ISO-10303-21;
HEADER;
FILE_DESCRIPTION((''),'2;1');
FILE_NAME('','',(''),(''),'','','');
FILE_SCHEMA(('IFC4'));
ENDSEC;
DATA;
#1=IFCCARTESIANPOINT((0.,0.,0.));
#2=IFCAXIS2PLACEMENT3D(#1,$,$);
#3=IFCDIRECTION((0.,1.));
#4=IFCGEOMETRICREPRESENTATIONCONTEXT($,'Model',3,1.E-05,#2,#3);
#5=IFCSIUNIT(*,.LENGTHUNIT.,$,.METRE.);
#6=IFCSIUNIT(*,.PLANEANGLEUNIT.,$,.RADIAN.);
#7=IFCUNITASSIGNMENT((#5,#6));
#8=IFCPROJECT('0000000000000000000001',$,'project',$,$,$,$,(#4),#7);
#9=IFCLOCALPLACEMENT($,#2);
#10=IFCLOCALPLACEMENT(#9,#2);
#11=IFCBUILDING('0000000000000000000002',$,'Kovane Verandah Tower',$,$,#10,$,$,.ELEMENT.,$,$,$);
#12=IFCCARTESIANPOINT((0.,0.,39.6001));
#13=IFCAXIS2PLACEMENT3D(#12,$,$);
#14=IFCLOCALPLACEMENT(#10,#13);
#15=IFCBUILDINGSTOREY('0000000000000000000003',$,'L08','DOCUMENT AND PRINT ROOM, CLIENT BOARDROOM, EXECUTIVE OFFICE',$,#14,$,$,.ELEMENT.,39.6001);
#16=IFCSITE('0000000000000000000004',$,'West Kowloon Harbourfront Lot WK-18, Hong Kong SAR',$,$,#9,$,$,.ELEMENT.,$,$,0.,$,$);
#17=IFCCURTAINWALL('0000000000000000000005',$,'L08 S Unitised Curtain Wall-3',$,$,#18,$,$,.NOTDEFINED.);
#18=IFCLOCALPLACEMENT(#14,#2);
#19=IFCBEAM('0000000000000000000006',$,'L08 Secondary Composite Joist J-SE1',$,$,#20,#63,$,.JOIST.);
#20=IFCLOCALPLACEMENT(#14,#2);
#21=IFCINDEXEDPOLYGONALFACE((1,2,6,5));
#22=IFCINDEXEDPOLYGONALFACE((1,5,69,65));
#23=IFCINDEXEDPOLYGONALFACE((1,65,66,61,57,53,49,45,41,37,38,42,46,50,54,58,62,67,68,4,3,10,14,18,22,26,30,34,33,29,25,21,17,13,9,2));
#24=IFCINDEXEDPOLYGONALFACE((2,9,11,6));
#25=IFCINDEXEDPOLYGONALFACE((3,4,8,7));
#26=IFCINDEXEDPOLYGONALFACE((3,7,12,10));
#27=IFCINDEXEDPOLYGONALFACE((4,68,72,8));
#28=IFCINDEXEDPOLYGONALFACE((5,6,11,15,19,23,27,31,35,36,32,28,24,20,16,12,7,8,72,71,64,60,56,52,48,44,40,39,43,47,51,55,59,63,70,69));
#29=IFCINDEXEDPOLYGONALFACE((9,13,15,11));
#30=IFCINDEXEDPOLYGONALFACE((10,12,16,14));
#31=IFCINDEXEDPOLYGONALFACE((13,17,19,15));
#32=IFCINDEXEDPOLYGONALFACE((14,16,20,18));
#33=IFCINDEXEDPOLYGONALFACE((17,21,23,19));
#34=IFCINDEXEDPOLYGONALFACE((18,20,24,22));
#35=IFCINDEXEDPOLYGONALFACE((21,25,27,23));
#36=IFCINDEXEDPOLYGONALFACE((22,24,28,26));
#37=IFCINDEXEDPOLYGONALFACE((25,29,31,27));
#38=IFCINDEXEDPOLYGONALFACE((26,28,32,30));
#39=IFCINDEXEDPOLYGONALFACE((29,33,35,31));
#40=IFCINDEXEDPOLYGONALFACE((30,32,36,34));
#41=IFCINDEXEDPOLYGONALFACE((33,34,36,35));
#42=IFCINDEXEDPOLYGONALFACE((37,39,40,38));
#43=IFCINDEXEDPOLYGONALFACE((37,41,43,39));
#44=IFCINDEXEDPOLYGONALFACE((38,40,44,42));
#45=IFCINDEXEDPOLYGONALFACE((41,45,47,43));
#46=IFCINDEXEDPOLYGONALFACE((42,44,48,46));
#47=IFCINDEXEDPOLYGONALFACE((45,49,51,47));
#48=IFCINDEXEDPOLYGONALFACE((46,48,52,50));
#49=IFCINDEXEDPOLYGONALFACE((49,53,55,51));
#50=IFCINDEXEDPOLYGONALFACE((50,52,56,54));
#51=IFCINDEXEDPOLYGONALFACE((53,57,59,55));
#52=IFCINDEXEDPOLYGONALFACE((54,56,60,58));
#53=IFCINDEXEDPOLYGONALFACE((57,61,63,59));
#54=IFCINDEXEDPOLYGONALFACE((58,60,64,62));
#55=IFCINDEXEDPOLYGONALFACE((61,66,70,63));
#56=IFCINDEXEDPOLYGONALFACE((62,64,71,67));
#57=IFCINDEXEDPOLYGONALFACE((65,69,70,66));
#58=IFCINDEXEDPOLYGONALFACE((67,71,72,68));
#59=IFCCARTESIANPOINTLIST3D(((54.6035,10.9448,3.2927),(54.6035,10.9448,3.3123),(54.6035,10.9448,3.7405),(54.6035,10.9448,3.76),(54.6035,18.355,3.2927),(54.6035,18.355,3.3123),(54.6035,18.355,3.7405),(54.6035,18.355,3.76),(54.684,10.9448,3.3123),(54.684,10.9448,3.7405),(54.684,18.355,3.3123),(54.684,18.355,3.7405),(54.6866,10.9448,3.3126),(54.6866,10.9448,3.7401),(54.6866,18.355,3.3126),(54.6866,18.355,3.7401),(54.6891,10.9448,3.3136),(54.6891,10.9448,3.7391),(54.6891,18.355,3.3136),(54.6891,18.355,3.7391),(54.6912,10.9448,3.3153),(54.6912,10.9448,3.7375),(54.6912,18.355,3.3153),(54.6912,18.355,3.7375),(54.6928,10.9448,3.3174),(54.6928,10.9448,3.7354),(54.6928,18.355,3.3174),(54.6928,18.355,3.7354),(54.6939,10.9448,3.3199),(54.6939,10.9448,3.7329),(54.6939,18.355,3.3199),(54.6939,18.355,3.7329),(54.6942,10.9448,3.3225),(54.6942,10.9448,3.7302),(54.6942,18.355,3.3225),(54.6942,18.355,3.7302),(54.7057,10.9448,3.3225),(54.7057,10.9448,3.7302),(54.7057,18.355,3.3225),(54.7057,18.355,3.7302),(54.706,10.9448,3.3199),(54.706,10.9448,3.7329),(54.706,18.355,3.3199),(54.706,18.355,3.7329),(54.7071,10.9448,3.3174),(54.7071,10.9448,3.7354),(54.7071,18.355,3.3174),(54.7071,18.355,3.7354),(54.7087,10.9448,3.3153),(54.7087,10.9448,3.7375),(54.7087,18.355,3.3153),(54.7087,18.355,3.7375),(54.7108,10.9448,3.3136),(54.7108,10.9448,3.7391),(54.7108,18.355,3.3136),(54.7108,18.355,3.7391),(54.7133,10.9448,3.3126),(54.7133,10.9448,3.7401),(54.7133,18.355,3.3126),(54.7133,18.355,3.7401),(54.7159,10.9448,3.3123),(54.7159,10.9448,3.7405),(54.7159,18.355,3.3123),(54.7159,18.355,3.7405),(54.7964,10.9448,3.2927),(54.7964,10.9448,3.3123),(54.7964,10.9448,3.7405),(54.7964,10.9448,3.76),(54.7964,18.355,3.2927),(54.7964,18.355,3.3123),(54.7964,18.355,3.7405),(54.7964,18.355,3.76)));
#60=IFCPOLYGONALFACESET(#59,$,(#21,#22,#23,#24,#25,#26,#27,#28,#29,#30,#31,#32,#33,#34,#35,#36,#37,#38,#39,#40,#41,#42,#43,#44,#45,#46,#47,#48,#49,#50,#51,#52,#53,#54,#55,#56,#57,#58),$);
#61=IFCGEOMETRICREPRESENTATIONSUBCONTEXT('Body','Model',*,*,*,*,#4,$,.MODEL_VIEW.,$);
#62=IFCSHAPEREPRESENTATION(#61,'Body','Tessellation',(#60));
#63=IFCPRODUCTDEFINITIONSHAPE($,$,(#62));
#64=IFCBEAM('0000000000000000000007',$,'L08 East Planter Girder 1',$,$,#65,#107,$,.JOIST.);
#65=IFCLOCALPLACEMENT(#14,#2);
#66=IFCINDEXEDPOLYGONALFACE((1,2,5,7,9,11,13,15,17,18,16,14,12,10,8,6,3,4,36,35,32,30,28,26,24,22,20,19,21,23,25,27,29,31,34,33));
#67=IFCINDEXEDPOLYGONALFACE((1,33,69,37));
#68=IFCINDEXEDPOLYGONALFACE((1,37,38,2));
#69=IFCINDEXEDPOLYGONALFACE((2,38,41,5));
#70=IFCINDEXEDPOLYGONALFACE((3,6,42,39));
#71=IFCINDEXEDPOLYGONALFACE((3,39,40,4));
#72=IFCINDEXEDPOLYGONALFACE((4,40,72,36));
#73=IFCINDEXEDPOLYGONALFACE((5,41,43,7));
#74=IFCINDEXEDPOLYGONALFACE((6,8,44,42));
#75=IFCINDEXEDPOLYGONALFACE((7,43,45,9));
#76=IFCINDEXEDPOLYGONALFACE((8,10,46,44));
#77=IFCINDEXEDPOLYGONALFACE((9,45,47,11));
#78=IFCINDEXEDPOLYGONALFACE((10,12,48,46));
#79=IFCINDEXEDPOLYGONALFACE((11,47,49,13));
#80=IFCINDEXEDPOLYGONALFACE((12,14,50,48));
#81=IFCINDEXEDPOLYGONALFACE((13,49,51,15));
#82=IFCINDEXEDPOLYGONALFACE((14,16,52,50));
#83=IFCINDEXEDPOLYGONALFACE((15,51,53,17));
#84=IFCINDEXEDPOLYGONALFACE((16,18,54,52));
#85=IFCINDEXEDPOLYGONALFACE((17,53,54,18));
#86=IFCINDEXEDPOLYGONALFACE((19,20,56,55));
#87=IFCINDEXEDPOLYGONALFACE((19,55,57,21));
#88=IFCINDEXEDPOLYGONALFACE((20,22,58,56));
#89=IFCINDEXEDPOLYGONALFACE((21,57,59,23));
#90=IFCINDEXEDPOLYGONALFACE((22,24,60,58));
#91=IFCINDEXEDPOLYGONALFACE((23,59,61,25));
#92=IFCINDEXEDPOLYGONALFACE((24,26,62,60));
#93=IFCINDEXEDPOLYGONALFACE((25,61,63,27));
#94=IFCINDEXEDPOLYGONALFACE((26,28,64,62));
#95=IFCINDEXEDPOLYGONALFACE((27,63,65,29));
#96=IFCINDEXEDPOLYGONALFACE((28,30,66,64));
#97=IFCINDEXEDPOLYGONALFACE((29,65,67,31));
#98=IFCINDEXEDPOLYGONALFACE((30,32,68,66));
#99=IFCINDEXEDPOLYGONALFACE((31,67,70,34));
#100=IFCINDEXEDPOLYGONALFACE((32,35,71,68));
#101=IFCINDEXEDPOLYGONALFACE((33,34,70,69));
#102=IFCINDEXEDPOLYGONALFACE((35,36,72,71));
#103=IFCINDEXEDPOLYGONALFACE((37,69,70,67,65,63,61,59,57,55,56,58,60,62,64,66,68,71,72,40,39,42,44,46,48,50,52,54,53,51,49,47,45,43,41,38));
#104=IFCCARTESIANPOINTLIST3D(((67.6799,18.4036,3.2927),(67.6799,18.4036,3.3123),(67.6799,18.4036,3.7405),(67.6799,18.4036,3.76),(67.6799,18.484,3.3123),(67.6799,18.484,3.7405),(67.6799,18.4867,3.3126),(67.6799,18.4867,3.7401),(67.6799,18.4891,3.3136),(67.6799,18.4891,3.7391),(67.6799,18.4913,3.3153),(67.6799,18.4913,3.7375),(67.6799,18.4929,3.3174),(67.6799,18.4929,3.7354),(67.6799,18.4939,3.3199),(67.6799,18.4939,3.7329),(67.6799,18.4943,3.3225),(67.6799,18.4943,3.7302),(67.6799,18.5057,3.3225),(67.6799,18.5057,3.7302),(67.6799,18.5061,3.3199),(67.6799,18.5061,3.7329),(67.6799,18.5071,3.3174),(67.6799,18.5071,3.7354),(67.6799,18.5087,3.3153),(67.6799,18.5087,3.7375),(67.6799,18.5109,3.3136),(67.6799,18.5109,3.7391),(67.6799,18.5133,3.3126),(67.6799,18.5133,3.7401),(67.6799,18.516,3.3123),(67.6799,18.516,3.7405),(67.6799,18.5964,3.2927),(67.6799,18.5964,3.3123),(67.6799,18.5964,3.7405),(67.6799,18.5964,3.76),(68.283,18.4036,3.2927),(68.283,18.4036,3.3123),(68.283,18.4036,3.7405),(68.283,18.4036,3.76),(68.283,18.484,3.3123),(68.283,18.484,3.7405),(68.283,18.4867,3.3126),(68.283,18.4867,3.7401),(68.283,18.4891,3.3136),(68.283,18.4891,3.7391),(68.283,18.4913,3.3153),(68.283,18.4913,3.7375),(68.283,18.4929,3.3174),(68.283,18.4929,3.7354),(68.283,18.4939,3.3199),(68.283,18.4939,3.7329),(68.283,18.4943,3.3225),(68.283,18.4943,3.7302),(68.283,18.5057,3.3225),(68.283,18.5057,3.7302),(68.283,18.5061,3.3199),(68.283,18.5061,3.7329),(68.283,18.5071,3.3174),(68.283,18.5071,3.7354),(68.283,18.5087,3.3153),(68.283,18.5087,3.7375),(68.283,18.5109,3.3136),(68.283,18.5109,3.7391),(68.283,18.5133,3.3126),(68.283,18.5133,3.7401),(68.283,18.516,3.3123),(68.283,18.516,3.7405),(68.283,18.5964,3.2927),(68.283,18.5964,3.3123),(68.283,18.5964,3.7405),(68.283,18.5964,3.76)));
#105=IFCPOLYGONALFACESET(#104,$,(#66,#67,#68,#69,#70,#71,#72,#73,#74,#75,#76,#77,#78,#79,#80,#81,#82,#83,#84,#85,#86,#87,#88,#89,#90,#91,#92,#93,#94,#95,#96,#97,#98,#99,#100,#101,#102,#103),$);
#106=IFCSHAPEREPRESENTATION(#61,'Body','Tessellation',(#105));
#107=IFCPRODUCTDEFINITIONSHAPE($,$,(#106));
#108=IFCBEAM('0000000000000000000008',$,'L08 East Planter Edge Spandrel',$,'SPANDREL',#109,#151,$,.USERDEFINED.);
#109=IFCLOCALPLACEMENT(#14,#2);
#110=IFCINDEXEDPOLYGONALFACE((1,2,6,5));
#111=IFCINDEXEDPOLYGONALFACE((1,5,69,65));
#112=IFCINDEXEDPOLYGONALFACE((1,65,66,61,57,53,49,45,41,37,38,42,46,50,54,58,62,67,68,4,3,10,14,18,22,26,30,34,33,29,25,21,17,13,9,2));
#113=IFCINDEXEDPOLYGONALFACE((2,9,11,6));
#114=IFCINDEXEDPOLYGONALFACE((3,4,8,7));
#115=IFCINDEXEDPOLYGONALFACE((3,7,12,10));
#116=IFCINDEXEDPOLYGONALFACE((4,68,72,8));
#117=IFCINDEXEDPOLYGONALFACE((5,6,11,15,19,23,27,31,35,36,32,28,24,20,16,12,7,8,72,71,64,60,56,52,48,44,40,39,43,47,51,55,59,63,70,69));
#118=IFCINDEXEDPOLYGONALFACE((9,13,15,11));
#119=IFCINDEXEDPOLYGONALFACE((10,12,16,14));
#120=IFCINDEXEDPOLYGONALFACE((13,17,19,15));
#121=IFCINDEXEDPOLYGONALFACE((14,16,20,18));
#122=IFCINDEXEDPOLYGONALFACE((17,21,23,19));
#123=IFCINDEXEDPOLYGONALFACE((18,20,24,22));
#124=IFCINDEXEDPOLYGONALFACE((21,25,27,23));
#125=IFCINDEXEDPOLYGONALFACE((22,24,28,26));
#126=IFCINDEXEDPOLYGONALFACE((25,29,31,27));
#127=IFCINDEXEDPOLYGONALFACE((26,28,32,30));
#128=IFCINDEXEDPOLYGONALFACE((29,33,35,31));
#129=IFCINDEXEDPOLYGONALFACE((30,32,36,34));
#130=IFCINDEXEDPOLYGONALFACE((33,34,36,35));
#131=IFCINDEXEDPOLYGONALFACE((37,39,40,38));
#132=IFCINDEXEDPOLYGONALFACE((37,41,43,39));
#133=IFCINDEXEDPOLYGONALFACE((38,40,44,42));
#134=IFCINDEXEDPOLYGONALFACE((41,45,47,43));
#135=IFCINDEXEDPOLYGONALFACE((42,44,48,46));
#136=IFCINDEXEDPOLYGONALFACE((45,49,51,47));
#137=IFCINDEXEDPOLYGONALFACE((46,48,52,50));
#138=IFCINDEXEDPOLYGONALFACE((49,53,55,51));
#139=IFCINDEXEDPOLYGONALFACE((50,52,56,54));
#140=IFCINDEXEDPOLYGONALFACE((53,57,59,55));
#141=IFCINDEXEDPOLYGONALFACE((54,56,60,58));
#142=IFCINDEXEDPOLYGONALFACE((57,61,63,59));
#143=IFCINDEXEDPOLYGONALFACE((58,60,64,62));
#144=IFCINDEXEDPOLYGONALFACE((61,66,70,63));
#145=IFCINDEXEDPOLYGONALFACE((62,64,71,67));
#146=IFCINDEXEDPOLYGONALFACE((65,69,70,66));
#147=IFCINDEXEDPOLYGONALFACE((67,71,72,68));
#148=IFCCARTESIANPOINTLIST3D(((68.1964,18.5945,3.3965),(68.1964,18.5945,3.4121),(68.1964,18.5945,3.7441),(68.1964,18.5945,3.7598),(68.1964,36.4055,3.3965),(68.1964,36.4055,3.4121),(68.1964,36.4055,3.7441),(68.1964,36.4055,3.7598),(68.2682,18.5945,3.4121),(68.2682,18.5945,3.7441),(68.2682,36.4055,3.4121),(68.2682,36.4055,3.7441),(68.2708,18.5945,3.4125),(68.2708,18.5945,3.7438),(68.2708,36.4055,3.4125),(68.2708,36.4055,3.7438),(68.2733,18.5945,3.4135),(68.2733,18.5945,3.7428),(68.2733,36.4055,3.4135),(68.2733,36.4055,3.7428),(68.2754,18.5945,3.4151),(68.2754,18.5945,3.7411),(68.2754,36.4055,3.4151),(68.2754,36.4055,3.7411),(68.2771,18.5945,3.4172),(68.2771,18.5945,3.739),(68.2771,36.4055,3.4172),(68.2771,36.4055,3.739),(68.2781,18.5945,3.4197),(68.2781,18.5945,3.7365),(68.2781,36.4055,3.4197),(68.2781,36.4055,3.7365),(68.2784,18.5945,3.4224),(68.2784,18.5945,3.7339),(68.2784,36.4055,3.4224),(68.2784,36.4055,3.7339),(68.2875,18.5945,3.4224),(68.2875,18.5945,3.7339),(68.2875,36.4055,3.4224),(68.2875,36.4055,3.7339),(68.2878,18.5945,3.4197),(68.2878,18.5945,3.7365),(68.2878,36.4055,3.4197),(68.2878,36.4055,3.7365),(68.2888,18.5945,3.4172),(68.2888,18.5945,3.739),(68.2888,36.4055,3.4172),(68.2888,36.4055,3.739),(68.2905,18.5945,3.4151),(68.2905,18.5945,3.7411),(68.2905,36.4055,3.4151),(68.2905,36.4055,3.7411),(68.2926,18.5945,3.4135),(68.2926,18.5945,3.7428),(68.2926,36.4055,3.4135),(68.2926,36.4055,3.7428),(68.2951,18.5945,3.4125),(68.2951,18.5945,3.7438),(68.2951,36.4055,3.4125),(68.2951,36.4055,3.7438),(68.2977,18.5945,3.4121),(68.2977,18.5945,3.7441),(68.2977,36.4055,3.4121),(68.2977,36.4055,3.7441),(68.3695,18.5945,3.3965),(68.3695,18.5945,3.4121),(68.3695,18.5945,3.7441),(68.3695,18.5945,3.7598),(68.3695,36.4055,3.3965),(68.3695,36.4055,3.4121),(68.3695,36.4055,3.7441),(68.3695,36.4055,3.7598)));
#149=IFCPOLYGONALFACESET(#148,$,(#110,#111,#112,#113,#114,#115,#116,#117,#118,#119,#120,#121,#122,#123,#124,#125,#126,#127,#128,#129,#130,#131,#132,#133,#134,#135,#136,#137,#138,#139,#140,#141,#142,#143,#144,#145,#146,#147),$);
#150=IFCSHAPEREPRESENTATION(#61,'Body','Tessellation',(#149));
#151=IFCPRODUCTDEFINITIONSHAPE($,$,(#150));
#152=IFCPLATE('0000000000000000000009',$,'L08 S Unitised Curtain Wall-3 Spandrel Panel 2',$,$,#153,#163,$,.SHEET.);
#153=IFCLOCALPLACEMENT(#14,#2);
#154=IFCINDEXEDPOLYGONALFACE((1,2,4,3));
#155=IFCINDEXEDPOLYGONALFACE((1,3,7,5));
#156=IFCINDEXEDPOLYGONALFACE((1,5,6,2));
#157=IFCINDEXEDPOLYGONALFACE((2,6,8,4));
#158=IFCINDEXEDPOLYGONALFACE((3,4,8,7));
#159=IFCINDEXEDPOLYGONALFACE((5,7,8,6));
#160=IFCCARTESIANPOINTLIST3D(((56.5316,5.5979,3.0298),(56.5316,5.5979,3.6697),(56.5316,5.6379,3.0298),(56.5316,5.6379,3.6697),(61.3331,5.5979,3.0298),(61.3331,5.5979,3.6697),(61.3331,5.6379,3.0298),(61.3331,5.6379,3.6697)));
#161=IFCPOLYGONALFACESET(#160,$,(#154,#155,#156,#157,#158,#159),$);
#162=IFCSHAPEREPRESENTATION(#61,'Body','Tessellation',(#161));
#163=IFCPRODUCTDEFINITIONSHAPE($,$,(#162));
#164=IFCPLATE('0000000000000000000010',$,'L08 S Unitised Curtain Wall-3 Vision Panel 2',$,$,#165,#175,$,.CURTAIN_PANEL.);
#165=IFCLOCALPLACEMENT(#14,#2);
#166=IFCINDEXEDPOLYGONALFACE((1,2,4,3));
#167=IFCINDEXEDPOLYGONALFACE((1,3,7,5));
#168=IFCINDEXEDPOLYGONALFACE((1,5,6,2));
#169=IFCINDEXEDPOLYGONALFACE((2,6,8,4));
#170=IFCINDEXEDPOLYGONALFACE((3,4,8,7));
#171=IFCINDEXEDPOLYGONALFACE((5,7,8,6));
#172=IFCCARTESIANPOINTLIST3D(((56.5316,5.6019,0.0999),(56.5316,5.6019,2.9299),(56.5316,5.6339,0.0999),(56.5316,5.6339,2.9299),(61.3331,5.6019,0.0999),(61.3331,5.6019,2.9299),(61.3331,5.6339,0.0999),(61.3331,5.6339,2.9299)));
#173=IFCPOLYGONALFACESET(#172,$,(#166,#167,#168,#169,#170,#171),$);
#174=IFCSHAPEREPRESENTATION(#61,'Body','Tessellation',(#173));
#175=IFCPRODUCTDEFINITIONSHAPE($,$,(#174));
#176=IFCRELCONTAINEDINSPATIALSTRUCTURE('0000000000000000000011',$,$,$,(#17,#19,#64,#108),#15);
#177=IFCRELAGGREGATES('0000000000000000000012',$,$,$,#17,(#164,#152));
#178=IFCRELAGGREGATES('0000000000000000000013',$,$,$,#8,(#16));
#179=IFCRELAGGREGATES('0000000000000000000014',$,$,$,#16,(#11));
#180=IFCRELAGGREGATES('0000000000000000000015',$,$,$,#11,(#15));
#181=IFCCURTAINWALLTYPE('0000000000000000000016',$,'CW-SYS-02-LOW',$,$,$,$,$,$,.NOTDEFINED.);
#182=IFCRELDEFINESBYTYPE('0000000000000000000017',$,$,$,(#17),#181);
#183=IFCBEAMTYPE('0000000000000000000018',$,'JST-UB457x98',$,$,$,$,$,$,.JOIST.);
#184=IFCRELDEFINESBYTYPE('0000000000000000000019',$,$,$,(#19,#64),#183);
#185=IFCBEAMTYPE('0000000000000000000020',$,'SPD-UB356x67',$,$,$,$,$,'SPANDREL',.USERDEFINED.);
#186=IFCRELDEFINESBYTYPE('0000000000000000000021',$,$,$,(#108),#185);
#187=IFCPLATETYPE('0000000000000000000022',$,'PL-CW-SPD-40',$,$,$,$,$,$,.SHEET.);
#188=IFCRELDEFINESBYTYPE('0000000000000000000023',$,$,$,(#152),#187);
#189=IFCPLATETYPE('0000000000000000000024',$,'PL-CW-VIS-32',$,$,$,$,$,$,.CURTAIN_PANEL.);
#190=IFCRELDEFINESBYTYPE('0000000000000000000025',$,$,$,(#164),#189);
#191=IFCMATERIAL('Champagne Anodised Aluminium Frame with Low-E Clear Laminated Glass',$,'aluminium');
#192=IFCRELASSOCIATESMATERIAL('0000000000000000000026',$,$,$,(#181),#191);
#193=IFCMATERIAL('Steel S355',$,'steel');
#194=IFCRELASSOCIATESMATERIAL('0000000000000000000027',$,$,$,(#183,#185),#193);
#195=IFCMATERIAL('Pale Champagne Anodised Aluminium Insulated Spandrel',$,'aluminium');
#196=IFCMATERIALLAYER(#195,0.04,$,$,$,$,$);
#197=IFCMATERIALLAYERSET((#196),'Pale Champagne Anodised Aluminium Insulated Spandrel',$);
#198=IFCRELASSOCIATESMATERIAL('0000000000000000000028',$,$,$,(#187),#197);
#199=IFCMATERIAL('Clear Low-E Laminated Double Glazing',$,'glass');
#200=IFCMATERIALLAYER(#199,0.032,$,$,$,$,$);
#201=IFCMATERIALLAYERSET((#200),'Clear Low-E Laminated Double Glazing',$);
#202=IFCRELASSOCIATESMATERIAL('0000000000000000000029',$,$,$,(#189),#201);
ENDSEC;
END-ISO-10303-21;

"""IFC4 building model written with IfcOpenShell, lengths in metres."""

from ifc_helpers import new_model, si_unit, direction, frame, origin, origin_2d, place, context, subcontext, project, spatial, rectangle, i_section, extrude, material, layer, layer_set, material_profile, profile_set, type_object, element, aggregate, save


model = new_model("IFC4")

# Units and contexts
model_context = context("Model", 3, precision=1e-05, world=origin(), true_north=direction((0.0, 1.0)))
body_context = subcontext(model_context, "Body", "Model", "MODEL_VIEW")
ifc_project = project(units=[si_unit("LENGTHUNIT", "METRE"), si_unit("PLANEANGLEUNIT", "RADIAN")], contexts=[model_context])

# Site, building, storey
site_placement = place(None, origin())
site = spatial("IfcSite", under=ifc_project, at=site_placement, Name="West Kowloon Harbourfront Lot WK-18, Hong Kong SAR", CompositionType="ELEMENT", RefElevation=0.0)
building_placement = place(site_placement, origin())
building = spatial("IfcBuilding", under=site, at=building_placement, Name="Kovane Verandah Tower", CompositionType="ELEMENT")
storey_placement = place(building_placement, frame((0.0, 0.0, 39.6001)))
storey = spatial("IfcBuildingStorey", under=building, at=storey_placement, Name="L08", Description="DOCUMENT AND PRINT ROOM, CLIENT BOARDROOM, EXECUTIVE OFFICE", CompositionType="ELEMENT", Elevation=39.6001)

# Shared definitions
ifc_material_1 = material(Name="Steel S355", Category="steel")

# Curtain wall
ifc_material_2 = material(Name="Champagne Anodised Aluminium Frame with Low-E Clear Laminated Glass", Category="aluminium")
curtain_wall_type = type_object("IfcCurtainWallType", Name="CW-SYS-02-LOW", PredefinedType="NOTDEFINED", material=ifc_material_2)
curtain_wall_placement = place(storey_placement, origin())
curtain_wall = element("IfcCurtainWall", 1, at=curtain_wall_placement, inside=storey, type_object=curtain_wall_type, Name="L08 S Unitised Curtain Wall-3", PredefinedType="NOTDEFINED")

# Beams
ifc_material_profile_1 = material_profile(ifc_material_1, i_section(OverallWidth=0.1929, OverallDepth=0.4673, WebThickness=0.0115, FlangeThickness=0.0195, FilletRadius=0.0103, at=origin_2d()), Name="UB457x191x98")
ifc_profile_set_1 = profile_set([ifc_material_profile_1], Name="Steel S355")
beam_type_1 = type_object("IfcBeamType", Name="JST-UB457x98", PredefinedType="JOIST", material=ifc_profile_set_1)
beam_1_placement = place(storey_placement, frame((54.7, 10.9448, 3.5264), z_axis=(0.0, 1.0, 0.0), x_axis=(-1.0, 0.0, 0.0)))
element("IfcBeam", 2, at=beam_1_placement, inside=storey, type_object=beam_type_1, Name="L08 Secondary Composite Joist J-SE1", PredefinedType="JOIST", context=body_context, shape_type="SweptSolid", body=[
    extrude(i_section(OverallWidth=0.1929, OverallDepth=0.4673, WebThickness=0.0115, FlangeThickness=0.0195, FilletRadius=0.0103, at=origin_2d()), origin(), (0.0, 0.0, 1.0), 7.4102),
])
beam_2_placement = place(storey_placement, frame((67.6799, 18.5, 3.5264), z_axis=(1.0, 0.0, 0.0), x_axis=(0.0, 1.0, 0.0)))
element("IfcBeam", 3, at=beam_2_placement, inside=storey, type_object=beam_type_1, Name="L08 East Planter Girder 1", PredefinedType="JOIST", context=body_context, shape_type="SweptSolid", body=[
    extrude(i_section(OverallWidth=0.1929, OverallDepth=0.4673, WebThickness=0.0115, FlangeThickness=0.0195, FilletRadius=0.0103, at=origin_2d()), origin(), (0.0, 0.0, 1.0), 0.603),
])
ifc_material_profile_2 = material_profile(ifc_material_1, i_section(OverallWidth=0.1731, OverallDepth=0.3633, WebThickness=0.009, FlangeThickness=0.0156, FilletRadius=0.0103, at=origin_2d()), Name="UB356x171x67")
ifc_profile_set_2 = profile_set([ifc_material_profile_2], Name="Steel S355")
beam_type_2 = type_object("IfcBeamType", Name="SPD-UB356x67", ElementType="SPANDREL", PredefinedType="USERDEFINED", material=ifc_profile_set_2)
beam_3_placement = place(storey_placement, frame((68.283, 18.5945, 3.5781), z_axis=(0.0, 1.0, 0.0), x_axis=(-1.0, 0.0, 0.0)))
element("IfcBeam", 4, at=beam_3_placement, inside=storey, type_object=beam_type_2, Name="L08 East Planter Edge Spandrel", ObjectType="SPANDREL", PredefinedType="USERDEFINED", context=body_context, shape_type="SweptSolid", body=[
    extrude(i_section(OverallWidth=0.1731, OverallDepth=0.3633, WebThickness=0.009, FlangeThickness=0.0156, FilletRadius=0.0103, at=origin_2d()), origin(), (0.0, 0.0, 1.0), 17.811),
])

# Plates
ifc_material_3 = material(Name="Pale Champagne Anodised Aluminium Insulated Spandrel", Category="aluminium")
ifc_layer_1 = layer(ifc_material_3, 0.04)
ifc_layer_set_1 = layer_set([ifc_layer_1], Name="Pale Champagne Anodised Aluminium Insulated Spandrel")
plate_type_1 = type_object("IfcPlateType", Name="PL-CW-SPD-40", PredefinedType="SHEET", material=ifc_layer_set_1)
plate_1_placement = place(storey_placement, frame((58.9324, 5.6179, 3.0298), z_axis=(0.0, 0.0, 1.0), x_axis=(1.0, 0.0, 0.0)))
plate_1 = element("IfcPlate", 5, at=plate_1_placement, type_object=plate_type_1, Name="L08 S Unitised Curtain Wall-3 Spandrel Panel 2", PredefinedType="SHEET", context=body_context, shape_type="SweptSolid", body=[
    extrude(rectangle(XDim=4.8015, YDim=0.04, at=origin_2d()), origin(), (0.0, 0.0, 1.0), 0.6399),
])
ifc_material_4 = material(Name="Clear Low-E Laminated Double Glazing", Category="glass")
ifc_layer_2 = layer(ifc_material_4, 0.032)
ifc_layer_set_2 = layer_set([ifc_layer_2], Name="Clear Low-E Laminated Double Glazing")
plate_type_2 = type_object("IfcPlateType", Name="PL-CW-VIS-32", PredefinedType="CURTAIN_PANEL", material=ifc_layer_set_2)
plate_2_placement = place(storey_placement, frame((58.9324, 5.6179, 0.0999), z_axis=(0.0, 0.0, 1.0), x_axis=(1.0, 0.0, 0.0)))
plate_2 = element("IfcPlate", 6, at=plate_2_placement, type_object=plate_type_2, Name="L08 S Unitised Curtain Wall-3 Vision Panel 2", PredefinedType="CURTAIN_PANEL", context=body_context, shape_type="SweptSolid", body=[
    extrude(rectangle(XDim=4.8015, YDim=0.032, at=origin_2d()), origin(), (0.0, 0.0, 1.0), 2.8301),
])
aggregate(curtain_wall, [plate_2, plate_1])

save(model, "model.ifc")
